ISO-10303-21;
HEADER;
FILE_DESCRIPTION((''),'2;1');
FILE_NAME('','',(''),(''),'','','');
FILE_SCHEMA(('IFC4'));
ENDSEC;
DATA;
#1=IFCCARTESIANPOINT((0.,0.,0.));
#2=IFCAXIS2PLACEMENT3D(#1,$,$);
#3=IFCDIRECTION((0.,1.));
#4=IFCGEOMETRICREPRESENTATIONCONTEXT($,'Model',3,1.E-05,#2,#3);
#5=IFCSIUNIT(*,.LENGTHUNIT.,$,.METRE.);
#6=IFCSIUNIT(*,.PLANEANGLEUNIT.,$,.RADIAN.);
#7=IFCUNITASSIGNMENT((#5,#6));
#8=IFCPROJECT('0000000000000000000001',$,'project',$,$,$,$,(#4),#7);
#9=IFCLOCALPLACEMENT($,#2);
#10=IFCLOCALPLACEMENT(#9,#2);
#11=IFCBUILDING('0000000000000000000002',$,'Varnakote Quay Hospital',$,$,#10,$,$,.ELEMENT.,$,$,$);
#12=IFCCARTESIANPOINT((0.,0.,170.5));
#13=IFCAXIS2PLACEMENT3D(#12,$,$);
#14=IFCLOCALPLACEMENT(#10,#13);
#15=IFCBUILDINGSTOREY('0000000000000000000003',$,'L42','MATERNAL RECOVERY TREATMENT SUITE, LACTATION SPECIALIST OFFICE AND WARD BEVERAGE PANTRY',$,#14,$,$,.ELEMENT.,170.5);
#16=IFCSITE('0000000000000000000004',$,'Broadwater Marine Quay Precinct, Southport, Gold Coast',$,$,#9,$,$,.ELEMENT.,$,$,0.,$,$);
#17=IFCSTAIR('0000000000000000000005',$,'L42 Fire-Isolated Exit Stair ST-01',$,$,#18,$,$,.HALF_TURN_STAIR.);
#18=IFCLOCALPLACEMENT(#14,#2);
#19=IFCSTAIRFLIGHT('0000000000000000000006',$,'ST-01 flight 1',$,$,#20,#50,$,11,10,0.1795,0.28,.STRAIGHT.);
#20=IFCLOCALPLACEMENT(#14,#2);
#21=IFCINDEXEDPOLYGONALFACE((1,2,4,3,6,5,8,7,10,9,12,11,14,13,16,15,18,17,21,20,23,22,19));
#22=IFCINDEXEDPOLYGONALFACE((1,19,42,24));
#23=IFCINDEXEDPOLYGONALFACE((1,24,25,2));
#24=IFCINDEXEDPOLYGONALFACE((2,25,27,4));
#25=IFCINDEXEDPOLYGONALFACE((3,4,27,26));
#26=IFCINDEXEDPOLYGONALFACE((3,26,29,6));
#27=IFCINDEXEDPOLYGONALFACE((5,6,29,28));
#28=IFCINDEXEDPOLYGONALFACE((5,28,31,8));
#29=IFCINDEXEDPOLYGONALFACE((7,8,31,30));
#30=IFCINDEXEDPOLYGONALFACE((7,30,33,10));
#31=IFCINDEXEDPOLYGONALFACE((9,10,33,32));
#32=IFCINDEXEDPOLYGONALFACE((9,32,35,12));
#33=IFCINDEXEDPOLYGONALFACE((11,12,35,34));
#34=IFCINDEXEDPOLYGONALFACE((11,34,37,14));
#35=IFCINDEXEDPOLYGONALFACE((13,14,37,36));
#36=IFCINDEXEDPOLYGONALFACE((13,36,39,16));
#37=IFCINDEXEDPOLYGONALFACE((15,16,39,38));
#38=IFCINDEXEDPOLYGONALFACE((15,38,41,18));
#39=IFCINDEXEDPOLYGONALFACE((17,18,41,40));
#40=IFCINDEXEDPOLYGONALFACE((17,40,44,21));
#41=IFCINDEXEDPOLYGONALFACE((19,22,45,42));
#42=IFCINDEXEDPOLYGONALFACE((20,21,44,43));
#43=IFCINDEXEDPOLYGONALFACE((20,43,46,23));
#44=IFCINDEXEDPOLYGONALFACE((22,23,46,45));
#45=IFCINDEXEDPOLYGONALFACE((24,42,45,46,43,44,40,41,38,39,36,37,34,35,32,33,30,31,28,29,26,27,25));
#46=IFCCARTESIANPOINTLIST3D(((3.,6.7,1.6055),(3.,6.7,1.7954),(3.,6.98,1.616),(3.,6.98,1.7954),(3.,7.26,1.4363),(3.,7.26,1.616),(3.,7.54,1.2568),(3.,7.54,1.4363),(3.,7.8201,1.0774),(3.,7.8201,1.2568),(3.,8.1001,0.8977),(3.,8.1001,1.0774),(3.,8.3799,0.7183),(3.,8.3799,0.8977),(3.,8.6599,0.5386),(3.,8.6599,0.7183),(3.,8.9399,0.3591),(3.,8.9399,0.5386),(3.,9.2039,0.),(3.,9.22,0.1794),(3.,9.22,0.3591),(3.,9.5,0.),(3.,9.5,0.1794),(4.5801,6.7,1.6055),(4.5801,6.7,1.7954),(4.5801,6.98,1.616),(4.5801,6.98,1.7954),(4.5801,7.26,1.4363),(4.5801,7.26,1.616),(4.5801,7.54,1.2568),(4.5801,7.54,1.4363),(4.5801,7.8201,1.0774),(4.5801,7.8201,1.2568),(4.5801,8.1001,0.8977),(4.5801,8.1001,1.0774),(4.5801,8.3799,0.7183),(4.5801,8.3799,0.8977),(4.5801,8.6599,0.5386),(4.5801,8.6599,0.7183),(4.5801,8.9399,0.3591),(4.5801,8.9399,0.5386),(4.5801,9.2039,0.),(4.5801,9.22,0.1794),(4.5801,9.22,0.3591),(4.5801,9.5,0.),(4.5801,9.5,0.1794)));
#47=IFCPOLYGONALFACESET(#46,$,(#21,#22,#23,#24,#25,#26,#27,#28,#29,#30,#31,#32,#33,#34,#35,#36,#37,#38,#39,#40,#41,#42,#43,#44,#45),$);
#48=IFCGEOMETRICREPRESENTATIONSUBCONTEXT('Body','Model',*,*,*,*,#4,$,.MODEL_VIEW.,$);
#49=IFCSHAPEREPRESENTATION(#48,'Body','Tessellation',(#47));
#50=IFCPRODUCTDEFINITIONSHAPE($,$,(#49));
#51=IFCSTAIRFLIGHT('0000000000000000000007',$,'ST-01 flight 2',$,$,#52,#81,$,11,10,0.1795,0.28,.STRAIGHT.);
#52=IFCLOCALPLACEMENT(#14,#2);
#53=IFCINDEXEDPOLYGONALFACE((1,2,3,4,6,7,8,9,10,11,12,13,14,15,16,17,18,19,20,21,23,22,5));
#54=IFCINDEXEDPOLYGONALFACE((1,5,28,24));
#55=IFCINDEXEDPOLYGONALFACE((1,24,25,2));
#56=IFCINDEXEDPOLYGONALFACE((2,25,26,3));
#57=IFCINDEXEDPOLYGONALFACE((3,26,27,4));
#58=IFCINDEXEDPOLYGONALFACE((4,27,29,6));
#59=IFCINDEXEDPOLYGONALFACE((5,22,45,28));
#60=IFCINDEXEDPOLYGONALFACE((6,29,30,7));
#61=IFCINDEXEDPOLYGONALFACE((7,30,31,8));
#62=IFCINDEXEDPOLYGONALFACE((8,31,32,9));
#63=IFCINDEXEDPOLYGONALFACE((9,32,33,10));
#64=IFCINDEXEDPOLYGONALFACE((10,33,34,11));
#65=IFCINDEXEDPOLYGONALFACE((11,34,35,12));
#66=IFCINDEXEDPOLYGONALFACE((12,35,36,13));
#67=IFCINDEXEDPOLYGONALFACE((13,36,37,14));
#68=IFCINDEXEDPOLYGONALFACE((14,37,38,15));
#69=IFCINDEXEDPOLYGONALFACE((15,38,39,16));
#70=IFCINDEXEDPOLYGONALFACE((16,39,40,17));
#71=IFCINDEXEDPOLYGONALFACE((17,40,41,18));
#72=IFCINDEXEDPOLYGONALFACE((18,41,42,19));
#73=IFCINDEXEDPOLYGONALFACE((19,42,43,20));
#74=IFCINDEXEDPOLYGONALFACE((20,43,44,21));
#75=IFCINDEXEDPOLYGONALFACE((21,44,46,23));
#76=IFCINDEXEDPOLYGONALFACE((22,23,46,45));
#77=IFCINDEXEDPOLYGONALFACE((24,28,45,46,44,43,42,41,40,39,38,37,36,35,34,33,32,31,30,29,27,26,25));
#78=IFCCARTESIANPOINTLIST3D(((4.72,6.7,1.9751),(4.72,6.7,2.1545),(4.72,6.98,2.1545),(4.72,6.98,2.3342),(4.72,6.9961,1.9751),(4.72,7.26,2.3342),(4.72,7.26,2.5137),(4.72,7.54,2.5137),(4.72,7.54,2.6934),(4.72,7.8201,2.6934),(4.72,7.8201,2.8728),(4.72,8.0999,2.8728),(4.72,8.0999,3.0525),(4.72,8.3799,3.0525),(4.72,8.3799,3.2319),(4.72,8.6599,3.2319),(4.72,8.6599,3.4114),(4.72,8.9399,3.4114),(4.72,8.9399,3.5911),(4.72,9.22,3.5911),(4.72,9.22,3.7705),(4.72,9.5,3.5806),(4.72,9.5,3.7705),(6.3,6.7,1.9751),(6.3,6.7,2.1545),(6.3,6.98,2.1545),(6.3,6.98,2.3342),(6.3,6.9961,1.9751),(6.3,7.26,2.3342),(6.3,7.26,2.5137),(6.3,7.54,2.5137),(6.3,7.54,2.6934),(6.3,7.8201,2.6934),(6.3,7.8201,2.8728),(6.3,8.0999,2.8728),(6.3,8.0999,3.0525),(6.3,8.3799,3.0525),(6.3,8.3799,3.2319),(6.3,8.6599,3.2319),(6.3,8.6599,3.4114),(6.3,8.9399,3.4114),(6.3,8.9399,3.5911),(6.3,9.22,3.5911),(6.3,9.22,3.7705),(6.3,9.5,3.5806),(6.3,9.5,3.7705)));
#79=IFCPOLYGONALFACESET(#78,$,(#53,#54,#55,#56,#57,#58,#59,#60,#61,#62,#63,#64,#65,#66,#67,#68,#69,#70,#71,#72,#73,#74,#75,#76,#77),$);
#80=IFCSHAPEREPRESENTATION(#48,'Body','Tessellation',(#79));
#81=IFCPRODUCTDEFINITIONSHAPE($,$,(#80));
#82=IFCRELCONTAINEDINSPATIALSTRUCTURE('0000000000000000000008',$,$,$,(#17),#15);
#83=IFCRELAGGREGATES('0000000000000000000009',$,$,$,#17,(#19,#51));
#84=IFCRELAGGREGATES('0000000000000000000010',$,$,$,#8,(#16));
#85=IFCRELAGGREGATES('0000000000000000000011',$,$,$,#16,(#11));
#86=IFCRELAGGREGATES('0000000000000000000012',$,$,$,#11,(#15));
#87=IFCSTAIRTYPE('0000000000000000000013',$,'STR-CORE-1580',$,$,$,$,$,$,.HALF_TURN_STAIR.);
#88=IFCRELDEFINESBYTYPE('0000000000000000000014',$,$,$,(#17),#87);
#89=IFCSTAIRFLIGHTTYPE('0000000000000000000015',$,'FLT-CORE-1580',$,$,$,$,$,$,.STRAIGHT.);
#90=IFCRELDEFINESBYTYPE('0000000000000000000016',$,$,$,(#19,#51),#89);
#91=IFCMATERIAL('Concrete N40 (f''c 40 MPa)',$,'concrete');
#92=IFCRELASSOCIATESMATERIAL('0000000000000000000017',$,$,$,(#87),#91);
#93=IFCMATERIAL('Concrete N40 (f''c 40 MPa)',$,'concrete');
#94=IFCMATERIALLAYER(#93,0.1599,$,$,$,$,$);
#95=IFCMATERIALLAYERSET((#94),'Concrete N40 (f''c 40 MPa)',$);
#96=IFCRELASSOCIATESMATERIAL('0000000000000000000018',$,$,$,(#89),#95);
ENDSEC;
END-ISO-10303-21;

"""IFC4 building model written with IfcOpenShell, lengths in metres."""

from ifc_helpers import new_model, si_unit, direction, frame, origin, place, context, subcontext, project, spatial, polyline, outline, extrude, material, layer, layer_set, type_object, element, aggregate, save


model = new_model("IFC4")

# Units and contexts
model_context = context("Model", 3, precision=1e-05, world=origin(), true_north=direction((0.0, 1.0)))
body_context = subcontext(model_context, "Body", "Model", "MODEL_VIEW")
ifc_project = project(units=[si_unit("LENGTHUNIT", "METRE"), si_unit("PLANEANGLEUNIT", "RADIAN")], contexts=[model_context])

# Site, building, storey
site_placement = place(None, origin())
site = spatial("IfcSite", under=ifc_project, at=site_placement, Name="Broadwater Marine Quay Precinct, Southport, Gold Coast", CompositionType="ELEMENT", RefElevation=0.0)
building_placement = place(site_placement, origin())
building = spatial("IfcBuilding", under=site, at=building_placement, Name="Varnakote Quay Hospital", CompositionType="ELEMENT")
storey_placement = place(building_placement, frame((0.0, 0.0, 170.5)))
storey = spatial("IfcBuildingStorey", under=building, at=storey_placement, Name="L42", Description="MATERNAL RECOVERY TREATMENT SUITE, LACTATION SPECIALIST OFFICE AND WARD BEVERAGE PANTRY", CompositionType="ELEMENT", Elevation=170.5)

# Stair, stair flights
ifc_material_1 = material(Name="Concrete N40 (f'c 40 MPa)", Category="concrete")
stair_type = type_object("IfcStairType", Name="STR-CORE-1580", PredefinedType="HALF_TURN_STAIR", material=ifc_material_1)
stair_placement = place(storey_placement, origin())
stair = element("IfcStair", 1, at=stair_placement, inside=storey, type_object=stair_type, Name="L42 Fire-Isolated Exit Stair ST-01", PredefinedType="HALF_TURN_STAIR")
ifc_material_2 = material(Name="Concrete N40 (f'c 40 MPa)", Category="concrete")
ifc_layer_1 = layer(ifc_material_2, 0.1599)
ifc_layer_set_1 = layer_set([ifc_layer_1], Name="Concrete N40 (f'c 40 MPa)")
stair_flight_type = type_object("IfcStairFlightType", Name="FLT-CORE-1580", PredefinedType="STRAIGHT", material=ifc_layer_set_1)
stair_flight_1_placement = place(storey_placement, frame((3.79, 9.5, 0.0), z_axis=(0.0, 0.0, 1.0), x_axis=(0.0, -1.0, 0.0)))
stair_flight_1 = element("IfcStairFlight", 2, at=stair_flight_1_placement, type_object=stair_flight_type, Name="ST-01 flight 1", NumberOfRisers=11, NumberOfTreads=10, PredefinedType="STRAIGHT", RiserHeight=0.1795, TreadLength=0.28, context=body_context, shape_type="SweptSolid", body=[
    extrude(outline(polyline([(0.0, 0.0), (0.0, 0.1794), (0.28, 0.1794), (0.28, 0.3591), (0.5601, 0.3591), (0.5601, 0.5386), (0.8401, 0.5386), (0.8401, 0.7183), (1.1201, 0.7183), (1.1201, 0.8977), (1.3999, 0.8977), (1.3999, 1.0774), (1.6799, 1.0774), (1.6799, 1.2568), (1.96, 1.2568), (1.96, 1.4363), (2.24, 1.4363), (2.24, 1.616), (2.52, 1.616), (2.52, 1.7954), (2.8, 1.7954), (2.8, 1.9751), (2.8, 1.6055), (0.2961, 0.0), (0.0, 0.0)])), frame((0.0, 0.79, 0.0), z_axis=(0.0, -1.0, 0.0), x_axis=(1.0, 0.0, 0.0)), (0.0, 0.0, 1.0), 1.5801),
])
stair_flight_2_placement = place(storey_placement, frame((5.51, 6.7, 1.9751), z_axis=(0.0, 0.0, 1.0), x_axis=(0.0, 1.0, 0.0)))
stair_flight_2 = element("IfcStairFlight", 3, at=stair_flight_2_placement, type_object=stair_flight_type, Name="ST-01 flight 2", NumberOfRisers=11, NumberOfTreads=10, PredefinedType="STRAIGHT", RiserHeight=0.1795, TreadLength=0.28, context=body_context, shape_type="SweptSolid", body=[
    extrude(outline(polyline([(0.0, 0.0), (0.0, 0.1794), (0.28, 0.1794), (0.28, 0.3591), (0.5601, 0.3591), (0.5601, 0.5386), (0.8401, 0.5386), (0.8401, 0.7183), (1.1201, 0.7183), (1.1201, 0.8977), (1.3999, 0.8977), (1.3999, 1.0774), (1.6799, 1.0774), (1.6799, 1.2568), (1.96, 1.2568), (1.96, 1.4363), (2.24, 1.4363), (2.24, 1.616), (2.52, 1.616), (2.52, 1.7954), (2.8, 1.7954), (2.8, 1.9751), (2.8, 1.6055), (0.2961, 0.0), (0.0, 0.0)])), frame((0.0, 0.79, 0.0), z_axis=(0.0, -1.0, 0.0), x_axis=(1.0, 0.0, 0.0)), (0.0, 0.0, 1.0), 1.5801),
])
aggregate(stair, [stair_flight_1, stair_flight_2])

save(model, "model.ifc")
